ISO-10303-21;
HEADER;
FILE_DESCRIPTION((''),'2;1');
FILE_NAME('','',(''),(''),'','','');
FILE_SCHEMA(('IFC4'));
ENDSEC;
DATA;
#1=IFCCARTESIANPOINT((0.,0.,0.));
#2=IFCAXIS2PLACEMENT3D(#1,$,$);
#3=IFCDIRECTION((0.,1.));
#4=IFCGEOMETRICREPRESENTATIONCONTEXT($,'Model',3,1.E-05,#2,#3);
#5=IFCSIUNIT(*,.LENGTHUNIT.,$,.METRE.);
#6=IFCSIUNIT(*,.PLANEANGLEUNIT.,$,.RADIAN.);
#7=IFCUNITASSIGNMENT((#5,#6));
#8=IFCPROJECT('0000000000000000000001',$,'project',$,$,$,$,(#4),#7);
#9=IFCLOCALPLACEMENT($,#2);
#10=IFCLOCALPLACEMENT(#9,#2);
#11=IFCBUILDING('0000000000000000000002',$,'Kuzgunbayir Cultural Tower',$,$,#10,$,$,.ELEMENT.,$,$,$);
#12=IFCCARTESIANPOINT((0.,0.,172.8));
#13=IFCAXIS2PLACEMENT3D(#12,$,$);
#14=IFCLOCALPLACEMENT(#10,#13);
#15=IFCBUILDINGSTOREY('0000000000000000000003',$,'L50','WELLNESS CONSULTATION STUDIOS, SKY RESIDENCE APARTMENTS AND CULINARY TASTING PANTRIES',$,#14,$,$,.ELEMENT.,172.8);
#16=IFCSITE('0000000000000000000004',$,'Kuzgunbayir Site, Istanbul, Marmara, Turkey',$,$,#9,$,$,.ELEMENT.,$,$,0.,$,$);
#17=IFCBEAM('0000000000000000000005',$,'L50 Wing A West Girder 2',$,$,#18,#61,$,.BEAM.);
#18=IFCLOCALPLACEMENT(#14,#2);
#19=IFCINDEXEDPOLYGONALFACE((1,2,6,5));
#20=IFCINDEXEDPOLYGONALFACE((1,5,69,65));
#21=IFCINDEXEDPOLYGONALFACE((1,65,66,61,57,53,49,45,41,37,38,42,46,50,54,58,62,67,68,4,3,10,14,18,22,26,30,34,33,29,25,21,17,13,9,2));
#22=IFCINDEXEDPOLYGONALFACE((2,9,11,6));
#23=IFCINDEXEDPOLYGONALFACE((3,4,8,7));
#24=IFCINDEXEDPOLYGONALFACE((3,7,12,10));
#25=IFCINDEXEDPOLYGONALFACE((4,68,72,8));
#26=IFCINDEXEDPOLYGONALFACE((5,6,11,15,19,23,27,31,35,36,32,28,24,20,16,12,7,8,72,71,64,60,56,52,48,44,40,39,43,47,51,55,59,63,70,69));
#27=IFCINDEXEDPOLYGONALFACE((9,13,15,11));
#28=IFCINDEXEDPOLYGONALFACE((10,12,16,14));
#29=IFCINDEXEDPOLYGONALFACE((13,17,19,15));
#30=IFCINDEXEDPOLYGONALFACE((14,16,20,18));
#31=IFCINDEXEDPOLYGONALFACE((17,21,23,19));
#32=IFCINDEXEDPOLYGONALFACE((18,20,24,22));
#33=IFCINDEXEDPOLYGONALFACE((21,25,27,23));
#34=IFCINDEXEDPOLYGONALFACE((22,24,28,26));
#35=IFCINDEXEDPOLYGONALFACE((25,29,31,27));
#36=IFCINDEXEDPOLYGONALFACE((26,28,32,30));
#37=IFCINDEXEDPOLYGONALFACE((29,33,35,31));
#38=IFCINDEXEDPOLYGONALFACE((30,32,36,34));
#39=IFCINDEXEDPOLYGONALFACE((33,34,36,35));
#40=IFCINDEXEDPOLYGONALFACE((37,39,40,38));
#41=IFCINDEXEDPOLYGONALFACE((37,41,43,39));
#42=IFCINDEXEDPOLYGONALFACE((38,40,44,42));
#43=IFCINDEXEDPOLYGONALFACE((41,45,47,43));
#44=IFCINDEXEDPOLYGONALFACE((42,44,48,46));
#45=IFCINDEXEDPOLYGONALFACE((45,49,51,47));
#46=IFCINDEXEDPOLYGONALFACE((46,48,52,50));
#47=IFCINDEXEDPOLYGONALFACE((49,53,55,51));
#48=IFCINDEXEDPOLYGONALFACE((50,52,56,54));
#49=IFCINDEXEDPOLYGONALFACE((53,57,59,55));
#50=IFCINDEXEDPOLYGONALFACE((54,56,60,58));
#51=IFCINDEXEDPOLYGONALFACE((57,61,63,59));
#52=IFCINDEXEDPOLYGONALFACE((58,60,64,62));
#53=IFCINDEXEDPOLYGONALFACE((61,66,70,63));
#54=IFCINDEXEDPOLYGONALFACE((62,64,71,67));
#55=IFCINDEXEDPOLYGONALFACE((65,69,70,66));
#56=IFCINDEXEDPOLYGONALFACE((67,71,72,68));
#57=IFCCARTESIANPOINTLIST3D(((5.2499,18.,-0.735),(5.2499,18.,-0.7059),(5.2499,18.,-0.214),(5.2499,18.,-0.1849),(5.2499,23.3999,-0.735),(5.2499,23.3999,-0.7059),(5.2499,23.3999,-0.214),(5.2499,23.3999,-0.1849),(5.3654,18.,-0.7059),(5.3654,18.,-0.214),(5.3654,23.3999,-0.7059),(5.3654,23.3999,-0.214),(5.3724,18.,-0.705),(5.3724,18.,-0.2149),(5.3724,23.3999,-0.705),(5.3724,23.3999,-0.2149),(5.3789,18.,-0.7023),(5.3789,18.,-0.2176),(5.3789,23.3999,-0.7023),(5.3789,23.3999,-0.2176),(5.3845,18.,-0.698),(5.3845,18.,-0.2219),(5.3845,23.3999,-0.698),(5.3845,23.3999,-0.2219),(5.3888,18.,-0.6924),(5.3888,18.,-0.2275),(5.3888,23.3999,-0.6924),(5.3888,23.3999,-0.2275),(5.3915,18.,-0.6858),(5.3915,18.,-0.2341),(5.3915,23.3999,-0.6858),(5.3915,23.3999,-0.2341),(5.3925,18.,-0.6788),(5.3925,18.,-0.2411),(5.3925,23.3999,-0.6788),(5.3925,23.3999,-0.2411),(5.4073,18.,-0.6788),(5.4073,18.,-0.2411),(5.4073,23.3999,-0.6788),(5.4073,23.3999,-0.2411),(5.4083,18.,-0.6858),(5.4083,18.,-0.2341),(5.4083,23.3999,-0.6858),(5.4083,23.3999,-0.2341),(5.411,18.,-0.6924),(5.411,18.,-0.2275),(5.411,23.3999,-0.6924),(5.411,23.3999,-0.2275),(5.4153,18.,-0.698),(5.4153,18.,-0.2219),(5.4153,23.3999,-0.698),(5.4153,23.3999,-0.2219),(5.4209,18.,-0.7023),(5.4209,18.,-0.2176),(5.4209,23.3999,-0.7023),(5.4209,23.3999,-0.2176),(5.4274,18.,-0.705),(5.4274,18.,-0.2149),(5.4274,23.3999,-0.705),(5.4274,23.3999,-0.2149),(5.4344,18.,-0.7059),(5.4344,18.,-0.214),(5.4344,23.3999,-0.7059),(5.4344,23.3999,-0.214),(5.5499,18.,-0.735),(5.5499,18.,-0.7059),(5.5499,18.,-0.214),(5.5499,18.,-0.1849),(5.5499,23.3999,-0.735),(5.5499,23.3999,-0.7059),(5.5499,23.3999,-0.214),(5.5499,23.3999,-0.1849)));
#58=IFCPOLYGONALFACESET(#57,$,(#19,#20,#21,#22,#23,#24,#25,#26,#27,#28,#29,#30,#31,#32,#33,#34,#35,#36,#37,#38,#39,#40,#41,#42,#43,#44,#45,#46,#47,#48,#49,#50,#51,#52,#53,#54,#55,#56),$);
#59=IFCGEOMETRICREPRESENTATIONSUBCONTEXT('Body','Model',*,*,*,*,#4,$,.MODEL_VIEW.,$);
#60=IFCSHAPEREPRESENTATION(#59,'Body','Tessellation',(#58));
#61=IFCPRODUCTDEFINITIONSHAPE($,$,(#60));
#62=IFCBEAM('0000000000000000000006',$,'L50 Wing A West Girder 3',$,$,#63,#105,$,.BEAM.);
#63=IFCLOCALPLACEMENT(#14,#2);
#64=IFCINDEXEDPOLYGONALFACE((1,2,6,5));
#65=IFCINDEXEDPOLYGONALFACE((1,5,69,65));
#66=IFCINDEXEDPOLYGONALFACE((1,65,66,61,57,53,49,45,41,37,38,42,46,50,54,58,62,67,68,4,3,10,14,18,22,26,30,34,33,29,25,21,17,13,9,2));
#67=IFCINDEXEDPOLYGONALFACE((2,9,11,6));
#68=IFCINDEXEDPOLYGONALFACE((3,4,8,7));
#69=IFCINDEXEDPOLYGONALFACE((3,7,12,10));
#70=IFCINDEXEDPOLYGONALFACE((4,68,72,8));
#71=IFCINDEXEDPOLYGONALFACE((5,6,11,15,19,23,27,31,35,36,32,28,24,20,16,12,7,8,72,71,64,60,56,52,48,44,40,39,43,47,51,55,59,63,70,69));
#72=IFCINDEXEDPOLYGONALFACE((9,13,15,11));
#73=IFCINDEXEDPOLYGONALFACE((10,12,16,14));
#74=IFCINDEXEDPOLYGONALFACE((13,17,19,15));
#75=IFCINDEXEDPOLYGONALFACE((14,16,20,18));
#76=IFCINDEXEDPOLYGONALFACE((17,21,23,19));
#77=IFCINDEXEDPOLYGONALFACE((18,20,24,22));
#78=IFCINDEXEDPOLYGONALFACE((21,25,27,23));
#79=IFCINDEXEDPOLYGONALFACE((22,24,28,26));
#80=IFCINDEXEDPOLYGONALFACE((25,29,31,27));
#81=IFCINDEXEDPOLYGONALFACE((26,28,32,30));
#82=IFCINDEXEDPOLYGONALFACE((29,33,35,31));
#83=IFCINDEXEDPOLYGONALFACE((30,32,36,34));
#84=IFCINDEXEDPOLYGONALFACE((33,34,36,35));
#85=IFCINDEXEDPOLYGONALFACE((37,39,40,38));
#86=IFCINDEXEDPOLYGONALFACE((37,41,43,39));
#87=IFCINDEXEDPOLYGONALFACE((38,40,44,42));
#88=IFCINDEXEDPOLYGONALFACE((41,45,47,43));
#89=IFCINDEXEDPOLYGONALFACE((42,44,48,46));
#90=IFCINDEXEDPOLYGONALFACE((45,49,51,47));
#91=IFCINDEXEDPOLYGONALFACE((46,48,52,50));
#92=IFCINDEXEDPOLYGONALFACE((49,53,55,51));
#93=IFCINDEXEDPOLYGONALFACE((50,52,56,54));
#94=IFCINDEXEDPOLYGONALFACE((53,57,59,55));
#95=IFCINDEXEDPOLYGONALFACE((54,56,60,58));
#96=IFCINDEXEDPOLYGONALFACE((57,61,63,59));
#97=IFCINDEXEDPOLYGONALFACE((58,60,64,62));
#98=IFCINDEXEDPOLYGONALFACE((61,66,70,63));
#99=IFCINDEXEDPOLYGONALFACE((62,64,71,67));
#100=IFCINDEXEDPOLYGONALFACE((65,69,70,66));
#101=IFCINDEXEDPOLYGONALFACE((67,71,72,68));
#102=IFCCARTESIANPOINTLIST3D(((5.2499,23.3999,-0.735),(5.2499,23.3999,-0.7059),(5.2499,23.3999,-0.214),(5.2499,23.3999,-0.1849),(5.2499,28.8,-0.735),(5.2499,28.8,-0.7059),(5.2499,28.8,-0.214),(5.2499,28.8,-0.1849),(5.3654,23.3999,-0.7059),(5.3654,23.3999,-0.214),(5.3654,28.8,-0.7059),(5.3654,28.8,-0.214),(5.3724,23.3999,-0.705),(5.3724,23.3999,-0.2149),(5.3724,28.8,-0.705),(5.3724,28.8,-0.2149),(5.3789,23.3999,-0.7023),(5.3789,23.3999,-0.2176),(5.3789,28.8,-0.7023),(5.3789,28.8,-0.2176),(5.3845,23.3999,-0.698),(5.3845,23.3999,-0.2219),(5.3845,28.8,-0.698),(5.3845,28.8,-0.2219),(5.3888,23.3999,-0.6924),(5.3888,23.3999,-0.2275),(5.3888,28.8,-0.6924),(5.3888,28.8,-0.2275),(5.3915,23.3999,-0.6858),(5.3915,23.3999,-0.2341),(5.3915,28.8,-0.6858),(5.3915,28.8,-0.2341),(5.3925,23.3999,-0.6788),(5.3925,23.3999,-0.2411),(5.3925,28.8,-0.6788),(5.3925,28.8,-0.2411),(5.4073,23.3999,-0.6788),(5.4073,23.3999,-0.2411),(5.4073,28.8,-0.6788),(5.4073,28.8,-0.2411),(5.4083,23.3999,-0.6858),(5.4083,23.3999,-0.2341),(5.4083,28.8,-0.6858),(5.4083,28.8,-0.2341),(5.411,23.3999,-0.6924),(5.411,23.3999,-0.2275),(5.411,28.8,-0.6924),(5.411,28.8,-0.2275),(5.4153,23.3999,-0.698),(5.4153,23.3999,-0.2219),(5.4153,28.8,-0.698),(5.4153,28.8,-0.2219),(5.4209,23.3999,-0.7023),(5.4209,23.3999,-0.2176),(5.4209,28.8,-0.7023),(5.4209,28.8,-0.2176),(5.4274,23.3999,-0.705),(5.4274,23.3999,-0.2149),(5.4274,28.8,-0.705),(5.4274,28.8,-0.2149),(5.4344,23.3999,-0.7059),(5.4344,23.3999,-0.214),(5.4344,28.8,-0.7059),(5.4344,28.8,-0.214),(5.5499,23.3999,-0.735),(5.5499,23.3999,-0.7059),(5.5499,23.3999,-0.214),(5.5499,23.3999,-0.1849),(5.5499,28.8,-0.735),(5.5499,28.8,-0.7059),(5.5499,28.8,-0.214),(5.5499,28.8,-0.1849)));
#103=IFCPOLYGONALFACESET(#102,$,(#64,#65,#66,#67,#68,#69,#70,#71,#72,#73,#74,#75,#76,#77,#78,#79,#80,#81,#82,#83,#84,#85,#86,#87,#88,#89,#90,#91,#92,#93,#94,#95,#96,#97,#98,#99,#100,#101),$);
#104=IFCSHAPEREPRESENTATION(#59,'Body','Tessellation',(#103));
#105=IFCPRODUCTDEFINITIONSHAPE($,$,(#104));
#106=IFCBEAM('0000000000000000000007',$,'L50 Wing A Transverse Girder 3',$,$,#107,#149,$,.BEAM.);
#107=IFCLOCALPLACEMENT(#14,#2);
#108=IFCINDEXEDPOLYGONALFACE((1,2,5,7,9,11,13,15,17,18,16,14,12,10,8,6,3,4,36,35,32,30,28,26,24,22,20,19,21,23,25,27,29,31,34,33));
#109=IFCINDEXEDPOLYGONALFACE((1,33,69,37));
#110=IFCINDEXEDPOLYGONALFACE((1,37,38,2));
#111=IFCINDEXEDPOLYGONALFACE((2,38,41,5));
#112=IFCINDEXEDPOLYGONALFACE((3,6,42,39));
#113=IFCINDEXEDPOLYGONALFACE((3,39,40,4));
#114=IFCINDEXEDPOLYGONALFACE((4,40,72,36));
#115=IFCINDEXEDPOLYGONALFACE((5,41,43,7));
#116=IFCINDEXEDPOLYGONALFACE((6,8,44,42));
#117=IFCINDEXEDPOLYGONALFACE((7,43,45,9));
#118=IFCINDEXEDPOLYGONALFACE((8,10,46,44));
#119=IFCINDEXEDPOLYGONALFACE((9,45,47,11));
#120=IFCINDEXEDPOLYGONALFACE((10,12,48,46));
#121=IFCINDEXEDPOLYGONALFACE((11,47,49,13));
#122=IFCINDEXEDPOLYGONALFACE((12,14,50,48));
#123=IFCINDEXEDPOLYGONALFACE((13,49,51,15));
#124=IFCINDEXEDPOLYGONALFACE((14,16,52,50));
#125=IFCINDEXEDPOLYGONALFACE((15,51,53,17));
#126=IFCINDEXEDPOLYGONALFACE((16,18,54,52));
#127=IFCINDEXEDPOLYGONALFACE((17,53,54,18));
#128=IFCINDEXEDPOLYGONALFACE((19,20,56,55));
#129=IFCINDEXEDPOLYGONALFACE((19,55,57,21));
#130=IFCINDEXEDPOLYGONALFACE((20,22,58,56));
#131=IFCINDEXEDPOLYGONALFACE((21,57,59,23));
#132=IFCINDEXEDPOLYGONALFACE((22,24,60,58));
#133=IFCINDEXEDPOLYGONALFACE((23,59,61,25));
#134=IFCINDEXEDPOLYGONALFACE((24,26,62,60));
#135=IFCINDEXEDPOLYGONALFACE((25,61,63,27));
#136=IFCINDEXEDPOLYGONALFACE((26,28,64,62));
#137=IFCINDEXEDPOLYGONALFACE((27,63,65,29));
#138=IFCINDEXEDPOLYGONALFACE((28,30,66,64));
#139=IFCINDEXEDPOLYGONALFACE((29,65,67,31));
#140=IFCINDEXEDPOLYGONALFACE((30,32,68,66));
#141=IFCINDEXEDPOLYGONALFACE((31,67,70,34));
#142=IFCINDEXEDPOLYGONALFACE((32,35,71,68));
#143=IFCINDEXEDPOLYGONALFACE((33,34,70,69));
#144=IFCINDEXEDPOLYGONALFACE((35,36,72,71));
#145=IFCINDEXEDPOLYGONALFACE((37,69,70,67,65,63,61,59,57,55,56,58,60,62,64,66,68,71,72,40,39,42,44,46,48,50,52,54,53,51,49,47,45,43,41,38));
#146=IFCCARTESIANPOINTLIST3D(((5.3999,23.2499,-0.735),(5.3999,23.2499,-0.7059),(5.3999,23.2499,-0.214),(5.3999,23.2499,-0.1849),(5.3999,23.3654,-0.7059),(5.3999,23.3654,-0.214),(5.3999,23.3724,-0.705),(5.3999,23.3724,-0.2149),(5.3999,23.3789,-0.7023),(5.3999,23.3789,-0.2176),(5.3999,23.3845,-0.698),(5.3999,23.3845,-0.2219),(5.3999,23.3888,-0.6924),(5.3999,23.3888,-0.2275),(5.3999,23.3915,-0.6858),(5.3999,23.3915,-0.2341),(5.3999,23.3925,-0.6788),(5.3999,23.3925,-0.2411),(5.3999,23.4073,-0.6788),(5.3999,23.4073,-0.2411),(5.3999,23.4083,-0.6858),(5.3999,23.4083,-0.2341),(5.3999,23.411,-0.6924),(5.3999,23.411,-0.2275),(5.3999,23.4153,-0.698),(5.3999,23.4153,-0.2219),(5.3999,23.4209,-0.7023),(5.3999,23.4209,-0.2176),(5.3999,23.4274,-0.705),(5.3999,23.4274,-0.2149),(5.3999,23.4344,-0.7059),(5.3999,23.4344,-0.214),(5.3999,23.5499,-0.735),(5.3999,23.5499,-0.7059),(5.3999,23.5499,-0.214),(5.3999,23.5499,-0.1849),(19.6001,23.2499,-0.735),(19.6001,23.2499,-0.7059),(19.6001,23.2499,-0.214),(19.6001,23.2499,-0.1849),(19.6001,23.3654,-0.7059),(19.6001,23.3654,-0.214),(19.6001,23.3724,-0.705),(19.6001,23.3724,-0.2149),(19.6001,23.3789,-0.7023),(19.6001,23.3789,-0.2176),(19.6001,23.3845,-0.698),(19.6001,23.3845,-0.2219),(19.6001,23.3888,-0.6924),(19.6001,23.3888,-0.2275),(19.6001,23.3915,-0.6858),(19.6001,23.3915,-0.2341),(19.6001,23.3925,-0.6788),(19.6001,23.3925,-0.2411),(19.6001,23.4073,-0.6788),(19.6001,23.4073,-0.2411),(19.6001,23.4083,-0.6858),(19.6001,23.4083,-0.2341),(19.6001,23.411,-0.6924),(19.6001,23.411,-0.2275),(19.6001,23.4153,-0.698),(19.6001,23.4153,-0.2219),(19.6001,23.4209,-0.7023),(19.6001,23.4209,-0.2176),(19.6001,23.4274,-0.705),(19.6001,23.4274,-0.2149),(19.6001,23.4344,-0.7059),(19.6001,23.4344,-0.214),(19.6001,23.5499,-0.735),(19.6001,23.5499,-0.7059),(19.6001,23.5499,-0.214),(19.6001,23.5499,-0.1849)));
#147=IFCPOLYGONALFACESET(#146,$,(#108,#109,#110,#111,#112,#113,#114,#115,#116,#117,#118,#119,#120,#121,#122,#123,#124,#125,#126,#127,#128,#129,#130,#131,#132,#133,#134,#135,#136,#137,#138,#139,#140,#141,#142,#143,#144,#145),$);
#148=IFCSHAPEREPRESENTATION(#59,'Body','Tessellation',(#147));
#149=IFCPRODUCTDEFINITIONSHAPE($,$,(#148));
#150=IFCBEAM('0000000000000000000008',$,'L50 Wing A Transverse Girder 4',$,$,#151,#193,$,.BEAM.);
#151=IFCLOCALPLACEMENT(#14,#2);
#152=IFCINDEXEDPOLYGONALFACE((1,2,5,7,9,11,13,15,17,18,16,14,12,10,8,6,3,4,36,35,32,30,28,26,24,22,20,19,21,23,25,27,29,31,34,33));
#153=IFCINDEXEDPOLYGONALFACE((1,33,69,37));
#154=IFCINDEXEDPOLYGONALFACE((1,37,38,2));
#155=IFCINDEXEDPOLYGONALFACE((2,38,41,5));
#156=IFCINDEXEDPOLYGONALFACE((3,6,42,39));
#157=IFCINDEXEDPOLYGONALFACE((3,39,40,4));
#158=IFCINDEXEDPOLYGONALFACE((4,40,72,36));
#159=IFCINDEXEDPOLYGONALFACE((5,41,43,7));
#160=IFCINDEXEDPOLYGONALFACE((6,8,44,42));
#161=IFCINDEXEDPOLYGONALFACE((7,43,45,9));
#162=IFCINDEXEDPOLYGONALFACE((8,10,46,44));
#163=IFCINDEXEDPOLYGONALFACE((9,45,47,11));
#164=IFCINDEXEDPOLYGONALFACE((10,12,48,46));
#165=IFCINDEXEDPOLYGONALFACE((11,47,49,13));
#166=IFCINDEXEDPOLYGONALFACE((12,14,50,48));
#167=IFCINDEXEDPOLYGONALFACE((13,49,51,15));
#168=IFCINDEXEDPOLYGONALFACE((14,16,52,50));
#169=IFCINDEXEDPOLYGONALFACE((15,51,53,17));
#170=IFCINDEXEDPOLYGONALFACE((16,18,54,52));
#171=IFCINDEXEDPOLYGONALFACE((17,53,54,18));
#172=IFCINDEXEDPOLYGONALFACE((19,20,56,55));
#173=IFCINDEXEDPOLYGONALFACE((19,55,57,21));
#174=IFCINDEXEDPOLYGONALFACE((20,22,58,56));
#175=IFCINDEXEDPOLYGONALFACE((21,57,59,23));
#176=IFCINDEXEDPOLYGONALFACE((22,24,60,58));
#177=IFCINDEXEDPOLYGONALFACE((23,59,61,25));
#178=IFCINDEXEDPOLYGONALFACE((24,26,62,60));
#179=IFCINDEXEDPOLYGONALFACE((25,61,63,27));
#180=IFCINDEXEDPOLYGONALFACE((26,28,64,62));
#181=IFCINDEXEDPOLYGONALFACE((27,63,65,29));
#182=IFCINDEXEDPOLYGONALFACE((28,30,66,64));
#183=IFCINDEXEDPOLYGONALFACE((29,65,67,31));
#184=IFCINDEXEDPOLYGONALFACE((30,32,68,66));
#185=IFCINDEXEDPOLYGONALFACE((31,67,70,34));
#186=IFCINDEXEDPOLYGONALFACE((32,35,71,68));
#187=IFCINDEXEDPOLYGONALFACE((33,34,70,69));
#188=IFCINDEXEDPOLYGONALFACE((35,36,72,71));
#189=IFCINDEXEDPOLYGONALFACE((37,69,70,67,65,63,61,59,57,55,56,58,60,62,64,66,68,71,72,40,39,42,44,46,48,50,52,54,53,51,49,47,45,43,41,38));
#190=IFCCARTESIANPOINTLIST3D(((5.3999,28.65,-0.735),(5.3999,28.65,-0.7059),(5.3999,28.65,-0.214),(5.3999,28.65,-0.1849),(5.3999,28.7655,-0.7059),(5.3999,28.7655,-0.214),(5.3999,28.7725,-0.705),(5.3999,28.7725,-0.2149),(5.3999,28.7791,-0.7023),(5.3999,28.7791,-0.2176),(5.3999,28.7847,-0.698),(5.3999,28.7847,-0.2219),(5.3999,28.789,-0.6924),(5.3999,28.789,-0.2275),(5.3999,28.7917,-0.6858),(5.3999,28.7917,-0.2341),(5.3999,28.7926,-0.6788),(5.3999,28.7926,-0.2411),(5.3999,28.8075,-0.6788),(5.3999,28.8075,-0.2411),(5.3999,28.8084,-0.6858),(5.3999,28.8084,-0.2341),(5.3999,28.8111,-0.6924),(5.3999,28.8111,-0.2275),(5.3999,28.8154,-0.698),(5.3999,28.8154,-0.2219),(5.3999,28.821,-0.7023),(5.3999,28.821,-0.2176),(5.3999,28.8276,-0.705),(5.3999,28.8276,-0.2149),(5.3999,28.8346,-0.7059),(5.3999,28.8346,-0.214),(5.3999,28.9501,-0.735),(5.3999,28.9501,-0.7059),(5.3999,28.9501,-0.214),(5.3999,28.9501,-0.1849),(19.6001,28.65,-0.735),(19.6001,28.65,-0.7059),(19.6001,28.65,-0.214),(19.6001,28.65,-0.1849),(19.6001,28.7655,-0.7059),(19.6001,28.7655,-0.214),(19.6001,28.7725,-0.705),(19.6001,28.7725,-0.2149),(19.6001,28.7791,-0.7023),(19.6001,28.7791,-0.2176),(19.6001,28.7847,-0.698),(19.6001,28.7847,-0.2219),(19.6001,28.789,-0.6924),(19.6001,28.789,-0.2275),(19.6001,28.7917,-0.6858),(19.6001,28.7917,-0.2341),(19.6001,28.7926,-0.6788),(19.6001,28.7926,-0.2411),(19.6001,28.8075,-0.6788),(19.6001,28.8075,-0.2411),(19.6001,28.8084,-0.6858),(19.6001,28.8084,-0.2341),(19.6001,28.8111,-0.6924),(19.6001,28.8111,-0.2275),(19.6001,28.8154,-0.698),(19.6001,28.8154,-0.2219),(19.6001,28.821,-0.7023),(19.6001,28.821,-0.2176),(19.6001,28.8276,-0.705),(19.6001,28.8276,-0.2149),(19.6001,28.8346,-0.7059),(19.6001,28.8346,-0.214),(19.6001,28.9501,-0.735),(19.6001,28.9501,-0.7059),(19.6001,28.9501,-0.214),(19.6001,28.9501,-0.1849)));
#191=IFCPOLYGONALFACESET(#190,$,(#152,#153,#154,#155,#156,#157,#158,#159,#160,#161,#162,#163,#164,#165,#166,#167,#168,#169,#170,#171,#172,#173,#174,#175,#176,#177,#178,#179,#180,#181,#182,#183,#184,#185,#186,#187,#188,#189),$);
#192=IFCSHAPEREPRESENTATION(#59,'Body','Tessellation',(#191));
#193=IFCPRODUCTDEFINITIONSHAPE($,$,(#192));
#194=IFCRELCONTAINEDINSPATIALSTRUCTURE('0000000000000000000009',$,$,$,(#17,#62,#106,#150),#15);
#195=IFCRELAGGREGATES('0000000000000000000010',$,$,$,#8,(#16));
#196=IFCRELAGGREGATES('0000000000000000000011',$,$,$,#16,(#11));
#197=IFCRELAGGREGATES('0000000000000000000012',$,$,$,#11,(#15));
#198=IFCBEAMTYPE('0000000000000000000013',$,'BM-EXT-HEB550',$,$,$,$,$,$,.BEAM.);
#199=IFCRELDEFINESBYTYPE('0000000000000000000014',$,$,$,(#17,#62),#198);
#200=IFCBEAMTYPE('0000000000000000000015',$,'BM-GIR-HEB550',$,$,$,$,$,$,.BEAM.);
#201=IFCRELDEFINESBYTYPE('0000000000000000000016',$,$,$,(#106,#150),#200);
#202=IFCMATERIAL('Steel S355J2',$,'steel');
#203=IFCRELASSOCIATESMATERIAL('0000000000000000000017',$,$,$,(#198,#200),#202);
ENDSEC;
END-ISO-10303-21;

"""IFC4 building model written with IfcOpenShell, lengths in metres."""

from ifc_helpers import new_model, si_unit, direction, frame, origin, origin_2d, place, context, subcontext, project, spatial, i_section, extrude, material, material_profile, profile_set, type_object, element, save


model = new_model("IFC4")

# Units and contexts
model_context = context("Model", 3, precision=1e-05, world=origin(), true_north=direction((0.0, 1.0)))
body_context = subcontext(model_context, "Body", "Model", "MODEL_VIEW")
ifc_project = project(units=[si_unit("LENGTHUNIT", "METRE"), si_unit("PLANEANGLEUNIT", "RADIAN")], contexts=[model_context])

# Site, building, storey
site_placement = place(None, origin())
site = spatial("IfcSite", under=ifc_project, at=site_placement, Name="Kuzgunbayir Site, Istanbul, Marmara, Turkey", CompositionType="ELEMENT", RefElevation=0.0)
building_placement = place(site_placement, origin())
building = spatial("IfcBuilding", under=site, at=building_placement, Name="Kuzgunbayir Cultural Tower", CompositionType="ELEMENT")
storey_placement = place(building_placement, frame((0.0, 0.0, 172.8)))
storey = spatial("IfcBuildingStorey", under=building, at=storey_placement, Name="L50", Description="WELLNESS CONSULTATION STUDIOS, SKY RESIDENCE APARTMENTS AND CULINARY TASTING PANTRIES", CompositionType="ELEMENT", Elevation=172.8)

# Beams
ifc_material_1 = material(Name="Steel S355J2", Category="steel")
ifc_material_profile_1 = material_profile(ifc_material_1, i_section(OverallWidth=0.3, OverallDepth=0.55, WebThickness=0.0149, FlangeThickness=0.0291, FilletRadius=0.0271, at=origin_2d()), Name="HEB 550")
ifc_profile_set_1 = profile_set([ifc_material_profile_1], Name="Steel S355J2")
beam_type_1 = type_object("IfcBeamType", Name="BM-EXT-HEB550", PredefinedType="BEAM", material=ifc_profile_set_1)
beam_1_placement = place(storey_placement, frame((5.3999, 18.0, -0.46), z_axis=(0.0, 1.0, 0.0), x_axis=(-1.0, 0.0, 0.0)))
element("IfcBeam", 1, at=beam_1_placement, inside=storey, type_object=beam_type_1, Name="L50 Wing A West Girder 2", PredefinedType="BEAM", context=body_context, shape_type="SweptSolid", body=[
    extrude(i_section(OverallWidth=0.3, OverallDepth=0.55, WebThickness=0.0149, FlangeThickness=0.0291, FilletRadius=0.0271, at=origin_2d()), origin(), (0.0, 0.0, 1.0), 5.3999),
])
beam_2_placement = place(storey_placement, frame((5.3999, 23.3999, -0.46), z_axis=(0.0, 1.0, 0.0), x_axis=(-1.0, 0.0, 0.0)))
element("IfcBeam", 2, at=beam_2_placement, inside=storey, type_object=beam_type_1, Name="L50 Wing A West Girder 3", PredefinedType="BEAM", context=body_context, shape_type="SweptSolid", body=[
    extrude(i_section(OverallWidth=0.3, OverallDepth=0.55, WebThickness=0.0149, FlangeThickness=0.0291, FilletRadius=0.0271, at=origin_2d()), origin(), (0.0, 0.0, 1.0), 5.4001),
])
ifc_material_profile_2 = material_profile(ifc_material_1, i_section(OverallWidth=0.3, OverallDepth=0.55, WebThickness=0.0149, FlangeThickness=0.0291, FilletRadius=0.0271, at=origin_2d()), Name="HEB 550")
ifc_profile_set_2 = profile_set([ifc_material_profile_2], Name="Steel S355J2")
beam_type_2 = type_object("IfcBeamType", Name="BM-GIR-HEB550", PredefinedType="BEAM", material=ifc_profile_set_2)
for number, where, z_axis, x_axis, name in (
    (3, (5.3999, 23.3999, -0.46), (1.0, 0.0, 0.0), (0.0, 1.0, 0.0), "L50 Wing A Transverse Girder 3"),
    (4, (5.3999, 28.8, -0.46), (1.0, 0.0, 0.0), (0.0, 1.0, 0.0), "L50 Wing A Transverse Girder 4"),
):
    element("IfcBeam", number, at=place(storey_placement, frame(where, z_axis=z_axis, x_axis=x_axis)), inside=storey, type_object=beam_type_2, Name=name, PredefinedType="BEAM", context=body_context, shape_type="SweptSolid", body=[
        extrude(i_section(OverallWidth=0.3, OverallDepth=0.55, WebThickness=0.0149, FlangeThickness=0.0291, FilletRadius=0.0271, at=origin_2d()), origin(), (0.0, 0.0, 1.0), 14.2002),
    ])

save(model, "model.ifc")
